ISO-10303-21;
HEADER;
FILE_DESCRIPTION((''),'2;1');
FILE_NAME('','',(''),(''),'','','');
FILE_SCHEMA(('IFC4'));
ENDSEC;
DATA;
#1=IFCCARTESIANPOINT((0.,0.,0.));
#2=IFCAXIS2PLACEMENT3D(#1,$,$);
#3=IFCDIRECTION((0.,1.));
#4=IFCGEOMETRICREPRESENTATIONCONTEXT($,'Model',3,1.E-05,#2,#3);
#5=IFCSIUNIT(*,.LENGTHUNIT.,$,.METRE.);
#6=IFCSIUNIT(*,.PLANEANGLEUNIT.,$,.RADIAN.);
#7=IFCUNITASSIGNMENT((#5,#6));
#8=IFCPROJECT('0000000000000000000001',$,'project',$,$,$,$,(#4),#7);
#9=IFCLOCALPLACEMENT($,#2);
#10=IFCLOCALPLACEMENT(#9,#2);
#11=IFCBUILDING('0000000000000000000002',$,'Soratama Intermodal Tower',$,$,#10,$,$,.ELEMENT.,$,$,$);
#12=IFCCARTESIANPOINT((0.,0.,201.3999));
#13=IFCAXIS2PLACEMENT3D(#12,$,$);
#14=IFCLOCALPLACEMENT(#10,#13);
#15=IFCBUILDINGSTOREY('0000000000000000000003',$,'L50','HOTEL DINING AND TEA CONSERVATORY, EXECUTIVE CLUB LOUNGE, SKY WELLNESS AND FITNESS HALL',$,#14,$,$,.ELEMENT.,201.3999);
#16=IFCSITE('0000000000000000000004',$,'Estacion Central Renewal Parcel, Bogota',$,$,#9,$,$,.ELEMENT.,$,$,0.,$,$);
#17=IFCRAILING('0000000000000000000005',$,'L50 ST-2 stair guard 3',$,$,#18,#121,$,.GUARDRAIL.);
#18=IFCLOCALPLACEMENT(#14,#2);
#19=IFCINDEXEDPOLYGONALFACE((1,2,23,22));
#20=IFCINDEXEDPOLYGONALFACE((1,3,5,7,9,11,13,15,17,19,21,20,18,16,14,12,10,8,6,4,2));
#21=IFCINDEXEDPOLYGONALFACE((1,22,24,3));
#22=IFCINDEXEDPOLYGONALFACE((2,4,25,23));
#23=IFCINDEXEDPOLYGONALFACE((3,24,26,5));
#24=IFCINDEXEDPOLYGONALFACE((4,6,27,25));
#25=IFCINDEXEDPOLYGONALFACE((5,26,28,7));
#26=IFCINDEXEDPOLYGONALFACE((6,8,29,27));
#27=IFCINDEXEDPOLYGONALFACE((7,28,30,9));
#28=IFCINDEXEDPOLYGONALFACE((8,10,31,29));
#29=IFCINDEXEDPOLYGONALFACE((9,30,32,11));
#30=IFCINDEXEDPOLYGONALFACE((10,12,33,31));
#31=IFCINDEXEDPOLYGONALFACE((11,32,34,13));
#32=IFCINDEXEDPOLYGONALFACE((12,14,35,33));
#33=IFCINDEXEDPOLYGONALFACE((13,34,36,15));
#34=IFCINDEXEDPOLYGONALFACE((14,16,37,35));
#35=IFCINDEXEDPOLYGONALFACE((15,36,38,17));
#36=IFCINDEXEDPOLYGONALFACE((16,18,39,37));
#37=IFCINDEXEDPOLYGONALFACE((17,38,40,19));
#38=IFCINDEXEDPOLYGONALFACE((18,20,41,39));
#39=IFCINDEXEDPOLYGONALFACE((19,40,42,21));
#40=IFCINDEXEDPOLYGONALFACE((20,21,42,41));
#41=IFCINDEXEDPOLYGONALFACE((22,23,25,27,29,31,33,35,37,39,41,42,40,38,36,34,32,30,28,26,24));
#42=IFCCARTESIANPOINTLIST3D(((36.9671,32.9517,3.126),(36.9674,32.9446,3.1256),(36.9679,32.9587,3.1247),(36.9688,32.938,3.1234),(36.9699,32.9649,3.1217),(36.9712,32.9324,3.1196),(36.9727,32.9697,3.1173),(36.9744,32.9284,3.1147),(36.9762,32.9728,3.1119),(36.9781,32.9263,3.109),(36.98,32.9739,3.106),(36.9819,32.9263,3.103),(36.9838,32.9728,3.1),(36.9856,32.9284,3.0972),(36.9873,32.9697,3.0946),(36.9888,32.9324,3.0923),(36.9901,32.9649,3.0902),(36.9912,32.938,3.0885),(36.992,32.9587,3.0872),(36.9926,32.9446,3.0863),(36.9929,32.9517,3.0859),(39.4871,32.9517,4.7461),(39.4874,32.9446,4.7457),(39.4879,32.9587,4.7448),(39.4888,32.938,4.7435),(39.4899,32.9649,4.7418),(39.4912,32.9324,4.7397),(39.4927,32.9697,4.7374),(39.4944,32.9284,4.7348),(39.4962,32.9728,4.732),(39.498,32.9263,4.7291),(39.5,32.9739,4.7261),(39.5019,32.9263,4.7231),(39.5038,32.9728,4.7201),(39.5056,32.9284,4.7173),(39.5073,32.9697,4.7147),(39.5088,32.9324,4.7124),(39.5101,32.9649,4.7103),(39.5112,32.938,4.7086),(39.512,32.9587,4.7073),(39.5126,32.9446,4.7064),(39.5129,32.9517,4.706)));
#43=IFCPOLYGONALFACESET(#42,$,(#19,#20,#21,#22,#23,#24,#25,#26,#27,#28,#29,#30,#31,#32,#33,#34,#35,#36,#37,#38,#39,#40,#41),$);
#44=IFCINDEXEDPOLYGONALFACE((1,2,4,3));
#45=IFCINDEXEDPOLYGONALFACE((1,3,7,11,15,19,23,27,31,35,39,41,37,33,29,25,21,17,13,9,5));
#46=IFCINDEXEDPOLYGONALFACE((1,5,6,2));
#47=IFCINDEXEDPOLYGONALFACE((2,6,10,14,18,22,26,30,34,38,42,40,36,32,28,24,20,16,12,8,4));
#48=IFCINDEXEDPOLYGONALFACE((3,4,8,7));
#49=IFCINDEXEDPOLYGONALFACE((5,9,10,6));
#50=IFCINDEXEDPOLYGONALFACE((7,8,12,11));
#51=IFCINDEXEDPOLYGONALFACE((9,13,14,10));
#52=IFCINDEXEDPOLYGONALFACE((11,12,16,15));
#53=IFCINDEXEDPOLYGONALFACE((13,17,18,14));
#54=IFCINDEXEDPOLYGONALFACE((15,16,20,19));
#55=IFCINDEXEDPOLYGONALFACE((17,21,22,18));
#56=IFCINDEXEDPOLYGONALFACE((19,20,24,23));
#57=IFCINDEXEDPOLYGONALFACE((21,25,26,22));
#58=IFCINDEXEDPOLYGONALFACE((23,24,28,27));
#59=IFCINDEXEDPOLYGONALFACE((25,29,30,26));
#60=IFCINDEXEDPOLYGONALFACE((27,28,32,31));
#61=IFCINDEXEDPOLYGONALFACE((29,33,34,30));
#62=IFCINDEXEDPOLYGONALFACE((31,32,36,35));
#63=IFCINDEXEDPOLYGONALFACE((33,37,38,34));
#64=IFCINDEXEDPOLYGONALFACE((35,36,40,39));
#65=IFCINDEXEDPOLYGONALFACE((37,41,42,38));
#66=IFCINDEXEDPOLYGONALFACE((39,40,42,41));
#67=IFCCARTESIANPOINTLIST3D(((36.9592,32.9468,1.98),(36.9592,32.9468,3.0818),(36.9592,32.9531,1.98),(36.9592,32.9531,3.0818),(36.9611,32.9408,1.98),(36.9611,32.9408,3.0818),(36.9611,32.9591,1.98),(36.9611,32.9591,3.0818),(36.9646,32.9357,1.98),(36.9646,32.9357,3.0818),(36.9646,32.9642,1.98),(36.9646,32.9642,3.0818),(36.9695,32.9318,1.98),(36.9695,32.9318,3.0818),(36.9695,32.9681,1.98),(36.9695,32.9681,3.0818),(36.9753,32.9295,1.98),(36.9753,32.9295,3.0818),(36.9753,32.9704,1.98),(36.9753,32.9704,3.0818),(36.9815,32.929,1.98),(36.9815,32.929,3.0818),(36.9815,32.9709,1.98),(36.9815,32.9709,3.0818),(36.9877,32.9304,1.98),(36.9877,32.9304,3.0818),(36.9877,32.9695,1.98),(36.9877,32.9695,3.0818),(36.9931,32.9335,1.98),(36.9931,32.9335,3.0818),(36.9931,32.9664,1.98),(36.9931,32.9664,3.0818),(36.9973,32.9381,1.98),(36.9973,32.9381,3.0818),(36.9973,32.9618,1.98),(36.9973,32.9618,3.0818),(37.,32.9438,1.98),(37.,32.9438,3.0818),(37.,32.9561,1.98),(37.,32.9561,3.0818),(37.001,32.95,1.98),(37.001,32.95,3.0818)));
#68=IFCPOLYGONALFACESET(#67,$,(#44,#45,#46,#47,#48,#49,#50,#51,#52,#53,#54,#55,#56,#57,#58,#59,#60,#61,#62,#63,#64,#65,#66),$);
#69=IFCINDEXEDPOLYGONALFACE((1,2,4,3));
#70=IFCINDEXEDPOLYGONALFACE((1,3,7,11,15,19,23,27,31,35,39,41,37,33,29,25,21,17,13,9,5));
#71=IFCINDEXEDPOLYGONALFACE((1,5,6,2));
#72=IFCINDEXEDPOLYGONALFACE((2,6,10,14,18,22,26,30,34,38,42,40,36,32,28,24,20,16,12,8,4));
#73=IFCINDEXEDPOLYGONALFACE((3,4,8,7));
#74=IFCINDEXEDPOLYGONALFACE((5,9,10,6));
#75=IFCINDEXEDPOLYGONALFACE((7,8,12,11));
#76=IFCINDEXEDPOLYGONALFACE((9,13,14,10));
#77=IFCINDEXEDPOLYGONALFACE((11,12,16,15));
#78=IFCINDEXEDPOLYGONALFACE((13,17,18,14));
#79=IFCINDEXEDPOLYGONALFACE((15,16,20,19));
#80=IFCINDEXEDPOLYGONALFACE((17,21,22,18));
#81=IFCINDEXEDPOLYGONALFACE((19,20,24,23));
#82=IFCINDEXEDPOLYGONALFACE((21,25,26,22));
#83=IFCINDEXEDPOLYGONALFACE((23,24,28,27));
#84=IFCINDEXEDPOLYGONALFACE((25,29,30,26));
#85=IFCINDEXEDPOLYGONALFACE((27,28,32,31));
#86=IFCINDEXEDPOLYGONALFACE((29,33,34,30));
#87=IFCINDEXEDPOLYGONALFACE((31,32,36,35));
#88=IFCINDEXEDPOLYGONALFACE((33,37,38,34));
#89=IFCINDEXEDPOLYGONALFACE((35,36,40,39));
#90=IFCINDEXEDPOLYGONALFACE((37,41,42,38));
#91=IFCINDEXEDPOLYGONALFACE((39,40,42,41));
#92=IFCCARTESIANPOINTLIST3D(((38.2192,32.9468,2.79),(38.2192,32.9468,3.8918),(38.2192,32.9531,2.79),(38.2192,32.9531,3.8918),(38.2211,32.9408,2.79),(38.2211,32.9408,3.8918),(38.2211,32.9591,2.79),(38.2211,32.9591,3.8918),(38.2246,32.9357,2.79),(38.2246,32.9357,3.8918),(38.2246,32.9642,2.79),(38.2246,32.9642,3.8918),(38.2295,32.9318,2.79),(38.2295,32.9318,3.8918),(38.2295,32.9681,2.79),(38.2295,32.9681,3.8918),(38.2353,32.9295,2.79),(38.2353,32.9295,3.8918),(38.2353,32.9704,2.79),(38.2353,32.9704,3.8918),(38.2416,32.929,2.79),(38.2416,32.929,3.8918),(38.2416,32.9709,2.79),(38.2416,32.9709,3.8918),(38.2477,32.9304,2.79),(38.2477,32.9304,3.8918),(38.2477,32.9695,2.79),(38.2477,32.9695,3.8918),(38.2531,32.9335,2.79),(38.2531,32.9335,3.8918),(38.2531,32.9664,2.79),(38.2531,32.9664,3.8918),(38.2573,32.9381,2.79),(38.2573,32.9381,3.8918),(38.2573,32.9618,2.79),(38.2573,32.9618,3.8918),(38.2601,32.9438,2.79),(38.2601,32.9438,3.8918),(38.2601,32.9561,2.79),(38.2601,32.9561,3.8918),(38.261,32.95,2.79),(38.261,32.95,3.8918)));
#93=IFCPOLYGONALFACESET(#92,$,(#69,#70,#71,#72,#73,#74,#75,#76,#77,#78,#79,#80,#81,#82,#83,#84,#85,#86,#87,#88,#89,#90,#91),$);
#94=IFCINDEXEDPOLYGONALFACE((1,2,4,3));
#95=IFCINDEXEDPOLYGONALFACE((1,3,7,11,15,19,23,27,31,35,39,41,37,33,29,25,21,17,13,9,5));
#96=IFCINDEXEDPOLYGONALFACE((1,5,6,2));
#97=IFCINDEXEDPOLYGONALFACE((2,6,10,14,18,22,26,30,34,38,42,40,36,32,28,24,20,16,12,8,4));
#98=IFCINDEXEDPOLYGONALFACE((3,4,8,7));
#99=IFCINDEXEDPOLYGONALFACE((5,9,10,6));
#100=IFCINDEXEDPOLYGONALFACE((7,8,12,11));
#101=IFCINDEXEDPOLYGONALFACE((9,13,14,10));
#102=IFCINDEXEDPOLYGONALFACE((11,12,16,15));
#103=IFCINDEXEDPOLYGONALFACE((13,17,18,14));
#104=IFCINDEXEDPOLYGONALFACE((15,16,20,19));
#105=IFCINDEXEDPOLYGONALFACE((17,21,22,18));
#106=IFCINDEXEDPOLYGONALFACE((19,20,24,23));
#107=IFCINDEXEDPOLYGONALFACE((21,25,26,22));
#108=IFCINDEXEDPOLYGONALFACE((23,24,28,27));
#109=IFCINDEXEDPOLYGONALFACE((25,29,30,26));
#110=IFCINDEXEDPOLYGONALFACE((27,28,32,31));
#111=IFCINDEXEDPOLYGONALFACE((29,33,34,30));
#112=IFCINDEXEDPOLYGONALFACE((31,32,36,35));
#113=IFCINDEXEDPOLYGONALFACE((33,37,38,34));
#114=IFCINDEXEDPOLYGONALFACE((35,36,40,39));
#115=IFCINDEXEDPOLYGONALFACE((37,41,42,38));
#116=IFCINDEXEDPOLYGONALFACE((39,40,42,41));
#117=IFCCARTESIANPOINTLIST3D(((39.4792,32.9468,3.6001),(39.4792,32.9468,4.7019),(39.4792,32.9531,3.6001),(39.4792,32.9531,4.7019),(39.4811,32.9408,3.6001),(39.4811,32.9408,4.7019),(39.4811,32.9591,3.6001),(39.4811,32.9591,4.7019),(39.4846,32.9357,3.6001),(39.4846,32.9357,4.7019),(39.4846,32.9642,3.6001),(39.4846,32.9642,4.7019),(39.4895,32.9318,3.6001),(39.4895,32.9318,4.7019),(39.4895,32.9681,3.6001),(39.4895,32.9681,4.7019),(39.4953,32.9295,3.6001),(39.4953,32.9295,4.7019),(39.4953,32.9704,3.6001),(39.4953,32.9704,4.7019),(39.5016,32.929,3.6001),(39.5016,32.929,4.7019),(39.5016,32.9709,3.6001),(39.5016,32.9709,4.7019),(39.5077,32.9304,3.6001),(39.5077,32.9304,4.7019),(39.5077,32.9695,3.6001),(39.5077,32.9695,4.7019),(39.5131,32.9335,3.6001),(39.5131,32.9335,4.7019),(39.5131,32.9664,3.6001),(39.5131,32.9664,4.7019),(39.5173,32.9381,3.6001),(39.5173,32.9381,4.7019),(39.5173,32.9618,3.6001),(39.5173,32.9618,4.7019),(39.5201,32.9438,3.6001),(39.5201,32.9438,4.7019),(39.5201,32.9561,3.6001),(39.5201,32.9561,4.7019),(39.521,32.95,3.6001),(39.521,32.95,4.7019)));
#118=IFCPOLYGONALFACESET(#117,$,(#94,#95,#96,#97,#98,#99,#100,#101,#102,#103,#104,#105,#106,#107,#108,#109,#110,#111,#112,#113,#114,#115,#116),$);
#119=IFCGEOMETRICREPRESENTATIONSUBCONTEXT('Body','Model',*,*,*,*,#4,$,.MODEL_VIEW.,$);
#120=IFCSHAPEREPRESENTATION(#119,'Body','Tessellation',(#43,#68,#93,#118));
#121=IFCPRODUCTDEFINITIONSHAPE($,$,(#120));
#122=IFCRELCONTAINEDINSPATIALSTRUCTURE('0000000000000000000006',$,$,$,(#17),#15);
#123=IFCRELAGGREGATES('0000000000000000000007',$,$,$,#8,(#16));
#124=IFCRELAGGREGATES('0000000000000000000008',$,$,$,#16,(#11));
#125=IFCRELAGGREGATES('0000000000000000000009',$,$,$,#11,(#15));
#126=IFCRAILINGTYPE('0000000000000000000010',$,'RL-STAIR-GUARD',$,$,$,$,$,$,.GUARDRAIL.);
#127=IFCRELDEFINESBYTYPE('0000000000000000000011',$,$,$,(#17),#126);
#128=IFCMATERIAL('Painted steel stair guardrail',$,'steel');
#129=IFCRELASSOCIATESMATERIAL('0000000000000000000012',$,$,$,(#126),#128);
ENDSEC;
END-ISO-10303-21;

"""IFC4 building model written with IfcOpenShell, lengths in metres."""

from ifc_helpers import new_model, si_unit, direction, frame, origin, origin_2d, place, context, subcontext, project, spatial, circle, extrude, material, type_object, element, save


model = new_model("IFC4")

# Units and contexts
model_context = context("Model", 3, precision=1e-05, world=origin(), true_north=direction((0.0, 1.0)))
body_context = subcontext(model_context, "Body", "Model", "MODEL_VIEW")
ifc_project = project(units=[si_unit("LENGTHUNIT", "METRE"), si_unit("PLANEANGLEUNIT", "RADIAN")], contexts=[model_context])

# Site, building, storey
site_placement = place(None, origin())
site = spatial("IfcSite", under=ifc_project, at=site_placement, Name="Estacion Central Renewal Parcel, Bogota", CompositionType="ELEMENT", RefElevation=0.0)
building_placement = place(site_placement, origin())
building = spatial("IfcBuilding", under=site, at=building_placement, Name="Soratama Intermodal Tower", CompositionType="ELEMENT")
storey_placement = place(building_placement, frame((0.0, 0.0, 201.3999)))
storey = spatial("IfcBuildingStorey", under=building, at=storey_placement, Name="L50", Description="HOTEL DINING AND TEA CONSERVATORY, EXECUTIVE CLUB LOUNGE, SKY WELLNESS AND FITNESS HALL", CompositionType="ELEMENT", Elevation=201.3999)

# Railing
ifc_material_1 = material(Name="Painted steel stair guardrail", Category="steel")
railing_type_1 = type_object("IfcRailingType", Name="RL-STAIR-GUARD", PredefinedType="GUARDRAIL", material=ifc_material_1)
railing_1_placement = place(storey_placement, frame((36.98, 32.95, 1.98)))
element("IfcRailing", 1, at=railing_1_placement, inside=storey, type_object=railing_type_1, Name="L50 ST-2 stair guard 3", PredefinedType="GUARDRAIL", context=body_context, shape_type="SweptSolid", body=[
    extrude(circle(Radius=0.0239, at=origin_2d()), frame((0.0, 0.0, 1.126), z_axis=(0.841163, 0.0, 0.540782), x_axis=(0.0, 1.0, 0.0)), (0.0, 0.0, 1.0), 2.9958),
    extrude(circle(Radius=0.021, at=origin_2d()), origin(), (0.0, 0.0, 1.0), 1.1018),
    extrude(circle(Radius=0.021, at=origin_2d()), frame((1.26, 0.0, 0.8101)), (0.0, 0.0, 1.0), 1.1018),
    extrude(circle(Radius=0.021, at=origin_2d()), frame((2.52, 0.0, 1.6201)), (0.0, 0.0, 1.0), 1.1018),
])

save(model, "model.ifc")
